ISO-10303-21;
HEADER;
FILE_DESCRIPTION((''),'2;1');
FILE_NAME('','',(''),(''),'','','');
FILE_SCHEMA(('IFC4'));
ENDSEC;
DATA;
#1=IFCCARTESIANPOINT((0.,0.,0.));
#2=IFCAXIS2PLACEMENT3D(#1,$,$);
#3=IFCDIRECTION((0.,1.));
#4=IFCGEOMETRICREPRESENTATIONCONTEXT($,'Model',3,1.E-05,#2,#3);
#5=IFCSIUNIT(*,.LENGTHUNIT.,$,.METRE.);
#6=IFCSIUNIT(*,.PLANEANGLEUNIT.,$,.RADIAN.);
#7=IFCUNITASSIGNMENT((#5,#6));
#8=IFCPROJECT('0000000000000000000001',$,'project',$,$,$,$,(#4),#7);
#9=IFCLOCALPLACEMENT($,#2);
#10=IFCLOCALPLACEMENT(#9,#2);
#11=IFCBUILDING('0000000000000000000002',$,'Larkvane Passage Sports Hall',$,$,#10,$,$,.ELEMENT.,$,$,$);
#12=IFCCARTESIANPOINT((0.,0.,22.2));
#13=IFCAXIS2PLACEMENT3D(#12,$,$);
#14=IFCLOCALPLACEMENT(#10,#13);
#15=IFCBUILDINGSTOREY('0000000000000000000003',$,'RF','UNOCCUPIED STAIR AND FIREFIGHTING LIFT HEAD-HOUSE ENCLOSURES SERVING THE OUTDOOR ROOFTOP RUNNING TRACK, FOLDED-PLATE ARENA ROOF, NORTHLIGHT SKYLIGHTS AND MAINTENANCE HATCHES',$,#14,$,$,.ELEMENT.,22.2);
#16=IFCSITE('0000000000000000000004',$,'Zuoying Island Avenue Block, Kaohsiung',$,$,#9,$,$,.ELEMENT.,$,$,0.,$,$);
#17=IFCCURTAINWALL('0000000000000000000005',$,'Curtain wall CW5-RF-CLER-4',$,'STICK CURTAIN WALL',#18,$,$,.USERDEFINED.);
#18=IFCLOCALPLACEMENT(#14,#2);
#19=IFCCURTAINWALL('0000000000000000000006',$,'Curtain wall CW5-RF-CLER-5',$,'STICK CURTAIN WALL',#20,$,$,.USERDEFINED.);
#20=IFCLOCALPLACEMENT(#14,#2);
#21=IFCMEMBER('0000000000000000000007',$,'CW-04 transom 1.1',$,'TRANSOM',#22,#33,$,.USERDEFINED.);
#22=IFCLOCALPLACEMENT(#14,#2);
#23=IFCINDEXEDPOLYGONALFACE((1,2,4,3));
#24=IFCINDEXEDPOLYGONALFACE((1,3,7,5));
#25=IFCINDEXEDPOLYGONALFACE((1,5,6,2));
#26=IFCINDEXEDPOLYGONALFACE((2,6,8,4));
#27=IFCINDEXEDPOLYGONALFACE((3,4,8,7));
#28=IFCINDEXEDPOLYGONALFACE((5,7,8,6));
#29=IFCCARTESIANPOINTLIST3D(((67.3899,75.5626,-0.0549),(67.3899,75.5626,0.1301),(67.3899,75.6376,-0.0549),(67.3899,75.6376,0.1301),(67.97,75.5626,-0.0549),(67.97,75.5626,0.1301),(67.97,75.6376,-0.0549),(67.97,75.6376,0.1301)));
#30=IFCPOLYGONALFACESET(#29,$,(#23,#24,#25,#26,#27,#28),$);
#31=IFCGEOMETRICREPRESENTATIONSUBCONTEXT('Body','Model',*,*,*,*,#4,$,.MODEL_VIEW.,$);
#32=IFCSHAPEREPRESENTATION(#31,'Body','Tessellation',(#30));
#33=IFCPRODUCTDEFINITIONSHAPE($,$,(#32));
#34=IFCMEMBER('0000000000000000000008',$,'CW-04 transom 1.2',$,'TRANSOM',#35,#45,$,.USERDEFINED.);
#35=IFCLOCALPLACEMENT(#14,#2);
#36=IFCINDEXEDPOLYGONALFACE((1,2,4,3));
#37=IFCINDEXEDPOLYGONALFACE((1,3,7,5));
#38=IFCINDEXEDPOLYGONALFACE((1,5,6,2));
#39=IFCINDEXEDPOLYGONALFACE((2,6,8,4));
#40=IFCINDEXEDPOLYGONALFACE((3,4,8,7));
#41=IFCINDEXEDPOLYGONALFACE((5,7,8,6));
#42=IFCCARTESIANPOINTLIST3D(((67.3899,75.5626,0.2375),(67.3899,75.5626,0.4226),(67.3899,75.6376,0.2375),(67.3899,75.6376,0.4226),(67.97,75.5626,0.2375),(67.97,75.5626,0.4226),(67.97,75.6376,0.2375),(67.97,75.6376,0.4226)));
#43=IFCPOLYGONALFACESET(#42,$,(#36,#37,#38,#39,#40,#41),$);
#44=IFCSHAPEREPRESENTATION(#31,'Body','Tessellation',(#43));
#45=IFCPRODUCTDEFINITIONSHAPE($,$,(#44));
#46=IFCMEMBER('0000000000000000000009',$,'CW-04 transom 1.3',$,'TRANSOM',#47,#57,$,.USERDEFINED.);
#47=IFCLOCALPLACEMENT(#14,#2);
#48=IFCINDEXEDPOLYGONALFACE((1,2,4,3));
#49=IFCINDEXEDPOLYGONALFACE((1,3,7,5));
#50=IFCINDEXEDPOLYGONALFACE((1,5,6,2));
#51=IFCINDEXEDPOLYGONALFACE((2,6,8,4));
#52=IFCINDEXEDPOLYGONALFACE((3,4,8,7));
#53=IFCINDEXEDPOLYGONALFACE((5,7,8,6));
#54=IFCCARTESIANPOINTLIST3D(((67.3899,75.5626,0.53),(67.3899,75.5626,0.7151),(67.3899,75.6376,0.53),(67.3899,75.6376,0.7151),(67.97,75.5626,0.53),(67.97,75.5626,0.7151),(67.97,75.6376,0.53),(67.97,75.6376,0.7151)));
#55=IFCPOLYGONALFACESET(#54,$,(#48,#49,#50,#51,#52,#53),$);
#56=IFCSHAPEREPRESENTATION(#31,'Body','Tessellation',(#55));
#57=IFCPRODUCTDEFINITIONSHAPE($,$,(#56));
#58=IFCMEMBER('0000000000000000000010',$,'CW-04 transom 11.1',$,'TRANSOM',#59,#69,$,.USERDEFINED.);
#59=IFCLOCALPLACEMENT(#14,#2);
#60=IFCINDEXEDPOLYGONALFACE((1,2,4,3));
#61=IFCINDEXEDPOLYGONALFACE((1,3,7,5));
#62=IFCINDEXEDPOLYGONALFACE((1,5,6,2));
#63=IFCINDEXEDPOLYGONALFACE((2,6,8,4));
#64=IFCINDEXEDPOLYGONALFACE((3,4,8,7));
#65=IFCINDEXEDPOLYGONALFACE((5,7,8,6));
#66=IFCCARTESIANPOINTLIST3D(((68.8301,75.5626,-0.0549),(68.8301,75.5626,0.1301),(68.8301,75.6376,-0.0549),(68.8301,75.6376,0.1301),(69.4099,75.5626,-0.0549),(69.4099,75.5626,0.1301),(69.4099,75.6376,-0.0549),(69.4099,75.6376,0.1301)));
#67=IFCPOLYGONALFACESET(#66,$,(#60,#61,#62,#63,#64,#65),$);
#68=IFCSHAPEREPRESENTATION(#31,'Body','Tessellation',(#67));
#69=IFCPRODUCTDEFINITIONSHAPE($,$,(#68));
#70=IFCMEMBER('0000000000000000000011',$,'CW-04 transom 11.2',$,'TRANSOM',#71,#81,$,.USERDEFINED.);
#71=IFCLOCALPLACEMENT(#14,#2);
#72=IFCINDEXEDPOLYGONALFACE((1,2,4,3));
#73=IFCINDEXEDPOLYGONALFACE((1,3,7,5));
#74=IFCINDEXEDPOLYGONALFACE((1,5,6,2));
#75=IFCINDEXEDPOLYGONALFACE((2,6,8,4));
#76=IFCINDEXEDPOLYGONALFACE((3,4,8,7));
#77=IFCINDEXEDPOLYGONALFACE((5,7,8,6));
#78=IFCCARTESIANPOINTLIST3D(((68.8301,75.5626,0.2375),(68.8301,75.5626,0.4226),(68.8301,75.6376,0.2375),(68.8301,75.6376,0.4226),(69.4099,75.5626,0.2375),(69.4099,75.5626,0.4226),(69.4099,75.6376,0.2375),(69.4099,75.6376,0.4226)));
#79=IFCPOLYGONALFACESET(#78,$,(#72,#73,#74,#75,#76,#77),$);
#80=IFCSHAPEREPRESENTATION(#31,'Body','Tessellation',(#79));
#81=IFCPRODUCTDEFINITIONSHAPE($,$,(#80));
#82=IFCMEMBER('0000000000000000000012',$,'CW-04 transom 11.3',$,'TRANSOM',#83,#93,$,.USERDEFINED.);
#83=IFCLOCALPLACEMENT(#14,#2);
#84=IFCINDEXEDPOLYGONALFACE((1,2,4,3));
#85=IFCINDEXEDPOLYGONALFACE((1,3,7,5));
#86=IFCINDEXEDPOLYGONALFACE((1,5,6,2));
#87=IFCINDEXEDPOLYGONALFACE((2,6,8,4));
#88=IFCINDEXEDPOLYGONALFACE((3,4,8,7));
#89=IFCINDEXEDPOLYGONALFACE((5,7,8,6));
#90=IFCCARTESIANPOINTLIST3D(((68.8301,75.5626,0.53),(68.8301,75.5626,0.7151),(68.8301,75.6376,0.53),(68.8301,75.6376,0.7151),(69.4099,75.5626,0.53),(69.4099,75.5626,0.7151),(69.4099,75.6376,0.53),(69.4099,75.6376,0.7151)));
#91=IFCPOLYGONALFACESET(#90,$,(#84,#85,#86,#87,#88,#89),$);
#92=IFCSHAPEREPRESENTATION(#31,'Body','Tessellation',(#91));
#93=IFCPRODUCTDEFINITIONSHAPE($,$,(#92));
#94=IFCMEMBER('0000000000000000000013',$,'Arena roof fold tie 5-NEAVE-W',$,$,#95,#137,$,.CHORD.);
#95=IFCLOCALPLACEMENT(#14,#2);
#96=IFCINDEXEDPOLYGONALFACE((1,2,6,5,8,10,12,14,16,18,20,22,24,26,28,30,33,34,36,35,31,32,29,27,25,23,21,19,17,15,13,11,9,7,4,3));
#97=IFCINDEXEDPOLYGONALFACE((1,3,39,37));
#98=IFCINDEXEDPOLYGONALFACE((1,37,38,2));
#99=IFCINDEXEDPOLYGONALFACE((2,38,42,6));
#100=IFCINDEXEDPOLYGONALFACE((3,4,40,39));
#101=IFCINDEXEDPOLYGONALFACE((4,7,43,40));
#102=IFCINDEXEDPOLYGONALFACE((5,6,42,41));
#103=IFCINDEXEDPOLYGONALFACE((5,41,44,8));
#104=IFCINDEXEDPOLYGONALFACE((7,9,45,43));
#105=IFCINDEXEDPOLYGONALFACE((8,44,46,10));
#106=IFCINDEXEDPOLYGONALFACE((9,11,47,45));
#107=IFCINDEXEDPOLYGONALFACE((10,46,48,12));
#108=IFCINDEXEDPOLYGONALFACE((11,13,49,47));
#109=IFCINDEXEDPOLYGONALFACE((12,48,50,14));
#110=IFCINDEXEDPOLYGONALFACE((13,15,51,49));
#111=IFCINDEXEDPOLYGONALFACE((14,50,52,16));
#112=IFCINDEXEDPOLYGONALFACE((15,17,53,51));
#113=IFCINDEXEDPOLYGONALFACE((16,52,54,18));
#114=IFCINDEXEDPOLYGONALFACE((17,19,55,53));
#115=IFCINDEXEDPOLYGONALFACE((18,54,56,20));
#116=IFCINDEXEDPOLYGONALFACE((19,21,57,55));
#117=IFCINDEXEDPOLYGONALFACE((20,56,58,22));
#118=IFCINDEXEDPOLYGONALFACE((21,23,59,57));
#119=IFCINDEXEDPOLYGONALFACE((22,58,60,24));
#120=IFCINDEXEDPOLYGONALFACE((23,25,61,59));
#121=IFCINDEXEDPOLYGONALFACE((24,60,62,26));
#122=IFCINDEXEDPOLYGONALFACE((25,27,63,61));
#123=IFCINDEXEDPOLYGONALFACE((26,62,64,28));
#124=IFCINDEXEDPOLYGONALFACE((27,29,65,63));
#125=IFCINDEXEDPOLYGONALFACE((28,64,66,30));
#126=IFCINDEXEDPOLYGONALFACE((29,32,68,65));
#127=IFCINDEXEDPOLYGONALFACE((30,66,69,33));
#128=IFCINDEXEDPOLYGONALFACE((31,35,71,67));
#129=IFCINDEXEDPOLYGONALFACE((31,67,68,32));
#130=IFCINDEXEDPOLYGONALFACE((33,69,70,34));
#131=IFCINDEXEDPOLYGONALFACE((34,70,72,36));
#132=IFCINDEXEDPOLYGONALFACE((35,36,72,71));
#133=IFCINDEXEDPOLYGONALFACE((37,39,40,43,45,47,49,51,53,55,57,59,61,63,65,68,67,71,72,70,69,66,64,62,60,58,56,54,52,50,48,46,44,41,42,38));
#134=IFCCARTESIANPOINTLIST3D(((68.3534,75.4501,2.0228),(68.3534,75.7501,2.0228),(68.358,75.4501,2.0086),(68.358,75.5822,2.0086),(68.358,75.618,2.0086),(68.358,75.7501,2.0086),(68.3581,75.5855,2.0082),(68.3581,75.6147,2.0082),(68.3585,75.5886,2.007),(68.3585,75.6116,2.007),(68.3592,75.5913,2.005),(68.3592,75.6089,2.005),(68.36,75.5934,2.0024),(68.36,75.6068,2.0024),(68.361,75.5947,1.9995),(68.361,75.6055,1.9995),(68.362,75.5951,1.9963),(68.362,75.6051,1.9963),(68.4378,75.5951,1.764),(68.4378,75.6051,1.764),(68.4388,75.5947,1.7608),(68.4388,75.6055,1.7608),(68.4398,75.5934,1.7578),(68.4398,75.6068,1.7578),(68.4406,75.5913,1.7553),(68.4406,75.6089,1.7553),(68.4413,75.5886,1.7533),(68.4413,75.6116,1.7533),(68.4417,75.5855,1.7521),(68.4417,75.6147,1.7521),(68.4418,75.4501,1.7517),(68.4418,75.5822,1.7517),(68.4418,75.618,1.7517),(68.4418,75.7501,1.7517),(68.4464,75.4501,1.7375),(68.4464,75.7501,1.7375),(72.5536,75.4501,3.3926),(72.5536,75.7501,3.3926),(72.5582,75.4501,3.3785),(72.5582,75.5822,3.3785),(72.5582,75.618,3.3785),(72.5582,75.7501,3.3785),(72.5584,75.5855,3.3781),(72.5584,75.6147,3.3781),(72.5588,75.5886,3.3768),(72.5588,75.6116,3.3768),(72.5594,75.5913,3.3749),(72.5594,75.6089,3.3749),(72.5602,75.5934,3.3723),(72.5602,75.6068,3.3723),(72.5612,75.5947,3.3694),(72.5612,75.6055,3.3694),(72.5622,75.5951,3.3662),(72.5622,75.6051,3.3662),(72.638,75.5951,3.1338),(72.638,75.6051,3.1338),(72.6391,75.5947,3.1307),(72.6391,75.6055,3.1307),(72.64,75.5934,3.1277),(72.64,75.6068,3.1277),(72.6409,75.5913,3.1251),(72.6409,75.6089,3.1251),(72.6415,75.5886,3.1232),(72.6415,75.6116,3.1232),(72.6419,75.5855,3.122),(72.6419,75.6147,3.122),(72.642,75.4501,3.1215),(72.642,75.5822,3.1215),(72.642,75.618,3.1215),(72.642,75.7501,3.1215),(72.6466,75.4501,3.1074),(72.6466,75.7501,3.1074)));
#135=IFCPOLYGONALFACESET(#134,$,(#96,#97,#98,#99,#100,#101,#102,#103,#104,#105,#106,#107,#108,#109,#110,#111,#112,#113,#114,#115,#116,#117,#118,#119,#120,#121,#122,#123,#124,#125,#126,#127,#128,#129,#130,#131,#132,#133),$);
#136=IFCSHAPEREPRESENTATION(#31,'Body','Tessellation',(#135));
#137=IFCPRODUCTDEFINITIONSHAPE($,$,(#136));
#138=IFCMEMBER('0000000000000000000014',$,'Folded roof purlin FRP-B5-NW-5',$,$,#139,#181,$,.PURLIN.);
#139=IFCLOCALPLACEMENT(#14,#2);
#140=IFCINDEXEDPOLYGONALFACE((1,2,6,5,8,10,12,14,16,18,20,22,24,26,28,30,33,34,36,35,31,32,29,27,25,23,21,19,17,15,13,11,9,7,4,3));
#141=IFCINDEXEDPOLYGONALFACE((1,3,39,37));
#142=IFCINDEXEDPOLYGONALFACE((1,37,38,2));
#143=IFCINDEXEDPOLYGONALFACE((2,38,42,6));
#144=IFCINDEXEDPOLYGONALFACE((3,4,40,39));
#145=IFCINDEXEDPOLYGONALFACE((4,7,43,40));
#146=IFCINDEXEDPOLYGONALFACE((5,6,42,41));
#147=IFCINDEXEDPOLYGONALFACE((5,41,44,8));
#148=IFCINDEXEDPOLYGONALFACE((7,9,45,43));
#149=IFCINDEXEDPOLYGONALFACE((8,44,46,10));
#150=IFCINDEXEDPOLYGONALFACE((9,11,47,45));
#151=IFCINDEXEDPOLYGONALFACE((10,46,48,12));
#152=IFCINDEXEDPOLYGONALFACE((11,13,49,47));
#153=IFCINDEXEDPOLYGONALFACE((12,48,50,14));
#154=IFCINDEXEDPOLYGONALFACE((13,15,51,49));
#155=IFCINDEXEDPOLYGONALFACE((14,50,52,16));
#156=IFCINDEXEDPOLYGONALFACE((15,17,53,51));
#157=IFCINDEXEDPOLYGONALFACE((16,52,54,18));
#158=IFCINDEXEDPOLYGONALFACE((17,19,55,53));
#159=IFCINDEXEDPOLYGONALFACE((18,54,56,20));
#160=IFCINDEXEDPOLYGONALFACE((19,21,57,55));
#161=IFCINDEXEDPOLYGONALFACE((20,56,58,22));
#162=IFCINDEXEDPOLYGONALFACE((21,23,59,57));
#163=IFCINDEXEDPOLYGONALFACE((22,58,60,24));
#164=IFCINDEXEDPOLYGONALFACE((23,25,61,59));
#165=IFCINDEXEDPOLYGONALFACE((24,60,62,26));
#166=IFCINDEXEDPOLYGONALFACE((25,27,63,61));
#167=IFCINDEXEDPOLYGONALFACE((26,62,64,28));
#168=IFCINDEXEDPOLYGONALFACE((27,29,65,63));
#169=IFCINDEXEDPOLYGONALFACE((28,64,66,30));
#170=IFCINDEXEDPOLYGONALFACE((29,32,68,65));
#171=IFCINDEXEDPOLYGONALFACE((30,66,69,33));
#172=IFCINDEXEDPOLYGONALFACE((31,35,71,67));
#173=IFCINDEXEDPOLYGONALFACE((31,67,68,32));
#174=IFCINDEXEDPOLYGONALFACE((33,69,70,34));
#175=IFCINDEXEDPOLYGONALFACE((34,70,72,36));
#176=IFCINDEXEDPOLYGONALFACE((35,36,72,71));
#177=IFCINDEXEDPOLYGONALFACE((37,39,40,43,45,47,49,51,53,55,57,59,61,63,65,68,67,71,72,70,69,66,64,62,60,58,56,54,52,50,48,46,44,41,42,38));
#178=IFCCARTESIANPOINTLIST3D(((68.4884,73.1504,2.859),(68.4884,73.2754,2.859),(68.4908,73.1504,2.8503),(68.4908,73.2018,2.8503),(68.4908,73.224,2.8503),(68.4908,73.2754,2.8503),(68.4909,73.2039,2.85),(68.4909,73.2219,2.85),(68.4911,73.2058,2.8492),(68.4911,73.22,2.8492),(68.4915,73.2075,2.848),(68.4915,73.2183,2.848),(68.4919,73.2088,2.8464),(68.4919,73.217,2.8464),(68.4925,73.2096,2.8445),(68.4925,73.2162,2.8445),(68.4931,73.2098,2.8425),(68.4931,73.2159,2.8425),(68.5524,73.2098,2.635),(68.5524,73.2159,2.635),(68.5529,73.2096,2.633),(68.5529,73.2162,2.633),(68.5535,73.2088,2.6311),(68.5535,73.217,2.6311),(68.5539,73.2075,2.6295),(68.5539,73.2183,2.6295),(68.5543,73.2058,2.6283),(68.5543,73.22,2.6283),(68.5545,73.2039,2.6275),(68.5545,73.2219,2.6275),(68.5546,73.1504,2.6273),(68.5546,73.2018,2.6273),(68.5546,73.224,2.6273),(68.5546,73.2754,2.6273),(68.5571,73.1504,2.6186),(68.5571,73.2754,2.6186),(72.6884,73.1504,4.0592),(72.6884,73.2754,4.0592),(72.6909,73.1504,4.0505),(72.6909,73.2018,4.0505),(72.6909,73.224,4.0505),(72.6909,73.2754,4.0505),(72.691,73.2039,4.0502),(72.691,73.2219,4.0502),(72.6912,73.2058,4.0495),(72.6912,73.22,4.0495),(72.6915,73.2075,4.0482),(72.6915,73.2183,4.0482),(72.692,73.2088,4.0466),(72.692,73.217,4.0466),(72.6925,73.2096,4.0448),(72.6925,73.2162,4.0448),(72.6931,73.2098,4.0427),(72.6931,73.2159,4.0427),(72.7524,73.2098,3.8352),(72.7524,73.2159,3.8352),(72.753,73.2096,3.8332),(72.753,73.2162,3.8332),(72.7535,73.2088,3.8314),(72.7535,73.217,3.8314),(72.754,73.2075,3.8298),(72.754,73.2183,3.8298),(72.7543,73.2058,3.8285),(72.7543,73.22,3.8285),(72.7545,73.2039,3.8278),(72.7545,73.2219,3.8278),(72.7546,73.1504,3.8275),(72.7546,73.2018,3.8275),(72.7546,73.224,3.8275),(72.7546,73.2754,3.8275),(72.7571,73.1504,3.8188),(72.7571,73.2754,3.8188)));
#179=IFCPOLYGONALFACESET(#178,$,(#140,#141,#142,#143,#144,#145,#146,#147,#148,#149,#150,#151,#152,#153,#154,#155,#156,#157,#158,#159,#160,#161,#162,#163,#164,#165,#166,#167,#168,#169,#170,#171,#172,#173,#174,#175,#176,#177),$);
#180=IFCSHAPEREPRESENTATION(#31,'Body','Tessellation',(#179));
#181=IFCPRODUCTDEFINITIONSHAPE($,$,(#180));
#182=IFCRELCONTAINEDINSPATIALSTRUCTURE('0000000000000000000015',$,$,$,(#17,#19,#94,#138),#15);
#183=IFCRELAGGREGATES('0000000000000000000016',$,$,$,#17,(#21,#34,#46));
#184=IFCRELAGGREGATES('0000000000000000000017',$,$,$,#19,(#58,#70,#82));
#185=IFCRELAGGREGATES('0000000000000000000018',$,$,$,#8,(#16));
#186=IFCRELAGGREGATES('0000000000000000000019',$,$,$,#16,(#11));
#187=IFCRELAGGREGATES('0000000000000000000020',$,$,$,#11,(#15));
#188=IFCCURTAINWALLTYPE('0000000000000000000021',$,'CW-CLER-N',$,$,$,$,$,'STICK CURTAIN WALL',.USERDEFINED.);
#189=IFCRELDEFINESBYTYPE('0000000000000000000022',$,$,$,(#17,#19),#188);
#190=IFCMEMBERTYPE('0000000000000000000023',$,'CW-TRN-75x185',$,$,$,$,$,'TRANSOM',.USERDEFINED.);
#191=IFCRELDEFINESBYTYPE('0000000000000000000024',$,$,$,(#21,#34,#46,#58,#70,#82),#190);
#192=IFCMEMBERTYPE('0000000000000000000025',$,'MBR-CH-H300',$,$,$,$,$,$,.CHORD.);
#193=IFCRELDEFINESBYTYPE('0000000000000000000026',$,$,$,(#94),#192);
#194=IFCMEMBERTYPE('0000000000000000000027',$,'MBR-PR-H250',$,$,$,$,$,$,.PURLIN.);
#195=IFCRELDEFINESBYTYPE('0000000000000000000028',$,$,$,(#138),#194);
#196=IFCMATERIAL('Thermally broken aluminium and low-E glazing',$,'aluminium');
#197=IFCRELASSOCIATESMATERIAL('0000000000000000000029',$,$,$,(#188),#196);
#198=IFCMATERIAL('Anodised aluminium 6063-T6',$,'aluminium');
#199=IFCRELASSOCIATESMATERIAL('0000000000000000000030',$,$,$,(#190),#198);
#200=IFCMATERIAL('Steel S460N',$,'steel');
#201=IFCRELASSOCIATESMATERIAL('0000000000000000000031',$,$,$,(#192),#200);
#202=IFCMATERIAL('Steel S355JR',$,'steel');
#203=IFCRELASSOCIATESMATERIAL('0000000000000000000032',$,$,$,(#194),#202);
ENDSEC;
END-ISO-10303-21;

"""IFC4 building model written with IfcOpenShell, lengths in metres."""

from ifc_helpers import new_model, si_unit, direction, frame, origin, origin_2d, place, context, subcontext, project, spatial, rectangle, i_section, extrude, material, material_profile, profile_set, type_object, element, aggregate, save


model = new_model("IFC4")

# Units and contexts
model_context = context("Model", 3, precision=1e-05, world=origin(), true_north=direction((0.0, 1.0)))
body_context = subcontext(model_context, "Body", "Model", "MODEL_VIEW")
ifc_project = project(units=[si_unit("LENGTHUNIT", "METRE"), si_unit("PLANEANGLEUNIT", "RADIAN")], contexts=[model_context])

# Site, building, storey
site_placement = place(None, origin())
site = spatial("IfcSite", under=ifc_project, at=site_placement, Name="Zuoying Island Avenue Block, Kaohsiung", CompositionType="ELEMENT", RefElevation=0.0)
building_placement = place(site_placement, origin())
building = spatial("IfcBuilding", under=site, at=building_placement, Name="Larkvane Passage Sports Hall", CompositionType="ELEMENT")
storey_placement = place(building_placement, frame((0.0, 0.0, 22.2)))
storey = spatial("IfcBuildingStorey", under=building, at=storey_placement, Name="RF", Description="UNOCCUPIED STAIR AND FIREFIGHTING LIFT HEAD-HOUSE ENCLOSURES SERVING THE OUTDOOR ROOFTOP RUNNING TRACK, FOLDED-PLATE ARENA ROOF, NORTHLIGHT SKYLIGHTS AND MAINTENANCE HATCHES", CompositionType="ELEMENT", Elevation=22.2)

# Shared definitions
ifc_material_1 = material(Name="Steel S355JR", Category="steel")

# Shared definitions
ifc_material_2 = material(Name="Steel S460N", Category="steel")

# Curtain wall
ifc_material_3 = material(Name="Thermally broken aluminium and low-E glazing", Category="aluminium")
curtain_wall_type = type_object("IfcCurtainWallType", Name="CW-CLER-N", ElementType="STICK CURTAIN WALL", PredefinedType="USERDEFINED", material=ifc_material_3)
curtain_wall_1_placement = place(storey_placement, origin())
curtain_wall_1 = element("IfcCurtainWall", 1, at=curtain_wall_1_placement, inside=storey, type_object=curtain_wall_type, Name="Curtain wall CW5-RF-CLER-4", ObjectType="STICK CURTAIN WALL", PredefinedType="USERDEFINED")
ifc_material_4 = material(Name="Anodised aluminium 6063-T6", Category="aluminium")

# Curtain wall
curtain_wall_2_placement = place(storey_placement, origin())
curtain_wall_2 = element("IfcCurtainWall", 2, at=curtain_wall_2_placement, inside=storey, type_object=curtain_wall_type, Name="Curtain wall CW5-RF-CLER-5", ObjectType="STICK CURTAIN WALL", PredefinedType="USERDEFINED")

# Members
ifc_material_profile_1 = material_profile(ifc_material_4, rectangle(XDim=0.075, YDim=0.1851, at=origin_2d()), Name="ALU-TRN-75x185")
ifc_profile_set_1 = profile_set([ifc_material_profile_1], Name="Anodised aluminium 6063-T6")
member_type_1 = type_object("IfcMemberType", Name="CW-TRN-75x185", ElementType="TRANSOM", PredefinedType="USERDEFINED", material=ifc_profile_set_1)
member_1_placement = place(storey_placement, frame((67.97, 75.6001, 0.0376), z_axis=(-1.0, 0.0, 0.0), x_axis=(0.0, -1.0, 0.0)))
member_1 = element("IfcMember", 3, at=member_1_placement, type_object=member_type_1, Name="CW-04 transom 1.1", ObjectType="TRANSOM", PredefinedType="USERDEFINED", context=body_context, shape_type="SweptSolid", body=[
    extrude(rectangle(XDim=0.075, YDim=0.1851, at=origin_2d()), origin(), (0.0, 0.0, 1.0), 0.5801),
])
member_2_placement = place(storey_placement, frame((67.97, 75.6001, 0.3301), z_axis=(-1.0, 0.0, 0.0), x_axis=(0.0, -1.0, 0.0)))
member_2 = element("IfcMember", 4, at=member_2_placement, type_object=member_type_1, Name="CW-04 transom 1.2", ObjectType="TRANSOM", PredefinedType="USERDEFINED", context=body_context, shape_type="SweptSolid", body=[
    extrude(rectangle(XDim=0.075, YDim=0.1851, at=origin_2d()), origin(), (0.0, 0.0, 1.0), 0.5801),
])
member_3_placement = place(storey_placement, frame((67.97, 75.6001, 0.6226), z_axis=(-1.0, 0.0, 0.0), x_axis=(0.0, -1.0, 0.0)))
member_3 = element("IfcMember", 5, at=member_3_placement, type_object=member_type_1, Name="CW-04 transom 1.3", ObjectType="TRANSOM", PredefinedType="USERDEFINED", context=body_context, shape_type="SweptSolid", body=[
    extrude(rectangle(XDim=0.075, YDim=0.1851, at=origin_2d()), origin(), (0.0, 0.0, 1.0), 0.5801),
])
member_4_placement = place(storey_placement, frame((69.4099, 75.6001, 0.0376), z_axis=(-1.0, 0.0, 0.0), x_axis=(0.0, -1.0, 0.0)))
member_4 = element("IfcMember", 6, at=member_4_placement, type_object=member_type_1, Name="CW-04 transom 11.1", ObjectType="TRANSOM", PredefinedType="USERDEFINED", context=body_context, shape_type="SweptSolid", body=[
    extrude(rectangle(XDim=0.075, YDim=0.1851, at=origin_2d()), origin(), (0.0, 0.0, 1.0), 0.5798),
])
member_5_placement = place(storey_placement, frame((69.4099, 75.6001, 0.3301), z_axis=(-1.0, 0.0, 0.0), x_axis=(0.0, -1.0, 0.0)))
member_5 = element("IfcMember", 7, at=member_5_placement, type_object=member_type_1, Name="CW-04 transom 11.2", ObjectType="TRANSOM", PredefinedType="USERDEFINED", context=body_context, shape_type="SweptSolid", body=[
    extrude(rectangle(XDim=0.075, YDim=0.1851, at=origin_2d()), origin(), (0.0, 0.0, 1.0), 0.5798),
])
member_6_placement = place(storey_placement, frame((69.4099, 75.6001, 0.6226), z_axis=(-1.0, 0.0, 0.0), x_axis=(0.0, -1.0, 0.0)))
member_6 = element("IfcMember", 8, at=member_6_placement, type_object=member_type_1, Name="CW-04 transom 11.3", ObjectType="TRANSOM", PredefinedType="USERDEFINED", context=body_context, shape_type="SweptSolid", body=[
    extrude(rectangle(XDim=0.075, YDim=0.1851, at=origin_2d()), origin(), (0.0, 0.0, 1.0), 0.5798),
])

# Members
ifc_material_profile_2 = material_profile(ifc_material_2, i_section(OverallWidth=0.3, OverallDepth=0.3, WebThickness=0.01, FlangeThickness=0.0149, FilletRadius=0.0129, at=origin_2d()), Name="H-300x300x10x15")
ifc_profile_set_2 = profile_set([ifc_material_profile_2], Name="Steel S460N")
member_type_2 = type_object("IfcMemberType", Name="MBR-CH-H300", PredefinedType="CHORD", material=ifc_profile_set_2)
member_7_placement = place(storey_placement, frame((68.3999, 75.6001, 1.8801), z_axis=(0.950714, 0.0, 0.310071), x_axis=(0.0, 1.0, 0.0)))
element("IfcMember", 9, at=member_7_placement, inside=storey, type_object=member_type_2, Name="Arena roof fold tie 5-NEAVE-W", PredefinedType="CHORD", context=body_context, shape_type="SweptSolid", body=[
    extrude(i_section(OverallWidth=0.3, OverallDepth=0.3, WebThickness=0.01, FlangeThickness=0.0149, FilletRadius=0.0129, at=origin_2d()), origin(), (0.0, 0.0, 1.0), 4.418),
])
ifc_material_profile_3 = material_profile(ifc_material_1, i_section(OverallWidth=0.125, OverallDepth=0.25, WebThickness=0.0061, FlangeThickness=0.009, FilletRadius=0.0081, at=origin_2d()), Name="H-250x125x6x9")
ifc_profile_set_3 = profile_set([ifc_material_profile_3], Name="Steel S355JR")
member_type_3 = type_object("IfcMemberType", Name="MBR-PR-H250", PredefinedType="PURLIN", material=ifc_profile_set_3)
member_8_placement = place(storey_placement, frame((68.5227, 73.2129, 2.7388), z_axis=(0.961511, 0.0, 0.274765), x_axis=(0.0, 1.0, 0.0)))
element("IfcMember", 10, at=member_8_placement, inside=storey, type_object=member_type_3, Name="Folded roof purlin FRP-B5-NW-5", PredefinedType="PURLIN", context=body_context, shape_type="SweptSolid", body=[
    extrude(i_section(OverallWidth=0.125, OverallDepth=0.25, WebThickness=0.0061, FlangeThickness=0.009, FilletRadius=0.0081, at=origin_2d()), origin(), (0.0, 0.0, 1.0), 4.3682),
])

aggregate(curtain_wall_1, [member_1, member_2, member_3])
aggregate(curtain_wall_2, [member_4, member_5, member_6])

save(model, "model.ifc")
